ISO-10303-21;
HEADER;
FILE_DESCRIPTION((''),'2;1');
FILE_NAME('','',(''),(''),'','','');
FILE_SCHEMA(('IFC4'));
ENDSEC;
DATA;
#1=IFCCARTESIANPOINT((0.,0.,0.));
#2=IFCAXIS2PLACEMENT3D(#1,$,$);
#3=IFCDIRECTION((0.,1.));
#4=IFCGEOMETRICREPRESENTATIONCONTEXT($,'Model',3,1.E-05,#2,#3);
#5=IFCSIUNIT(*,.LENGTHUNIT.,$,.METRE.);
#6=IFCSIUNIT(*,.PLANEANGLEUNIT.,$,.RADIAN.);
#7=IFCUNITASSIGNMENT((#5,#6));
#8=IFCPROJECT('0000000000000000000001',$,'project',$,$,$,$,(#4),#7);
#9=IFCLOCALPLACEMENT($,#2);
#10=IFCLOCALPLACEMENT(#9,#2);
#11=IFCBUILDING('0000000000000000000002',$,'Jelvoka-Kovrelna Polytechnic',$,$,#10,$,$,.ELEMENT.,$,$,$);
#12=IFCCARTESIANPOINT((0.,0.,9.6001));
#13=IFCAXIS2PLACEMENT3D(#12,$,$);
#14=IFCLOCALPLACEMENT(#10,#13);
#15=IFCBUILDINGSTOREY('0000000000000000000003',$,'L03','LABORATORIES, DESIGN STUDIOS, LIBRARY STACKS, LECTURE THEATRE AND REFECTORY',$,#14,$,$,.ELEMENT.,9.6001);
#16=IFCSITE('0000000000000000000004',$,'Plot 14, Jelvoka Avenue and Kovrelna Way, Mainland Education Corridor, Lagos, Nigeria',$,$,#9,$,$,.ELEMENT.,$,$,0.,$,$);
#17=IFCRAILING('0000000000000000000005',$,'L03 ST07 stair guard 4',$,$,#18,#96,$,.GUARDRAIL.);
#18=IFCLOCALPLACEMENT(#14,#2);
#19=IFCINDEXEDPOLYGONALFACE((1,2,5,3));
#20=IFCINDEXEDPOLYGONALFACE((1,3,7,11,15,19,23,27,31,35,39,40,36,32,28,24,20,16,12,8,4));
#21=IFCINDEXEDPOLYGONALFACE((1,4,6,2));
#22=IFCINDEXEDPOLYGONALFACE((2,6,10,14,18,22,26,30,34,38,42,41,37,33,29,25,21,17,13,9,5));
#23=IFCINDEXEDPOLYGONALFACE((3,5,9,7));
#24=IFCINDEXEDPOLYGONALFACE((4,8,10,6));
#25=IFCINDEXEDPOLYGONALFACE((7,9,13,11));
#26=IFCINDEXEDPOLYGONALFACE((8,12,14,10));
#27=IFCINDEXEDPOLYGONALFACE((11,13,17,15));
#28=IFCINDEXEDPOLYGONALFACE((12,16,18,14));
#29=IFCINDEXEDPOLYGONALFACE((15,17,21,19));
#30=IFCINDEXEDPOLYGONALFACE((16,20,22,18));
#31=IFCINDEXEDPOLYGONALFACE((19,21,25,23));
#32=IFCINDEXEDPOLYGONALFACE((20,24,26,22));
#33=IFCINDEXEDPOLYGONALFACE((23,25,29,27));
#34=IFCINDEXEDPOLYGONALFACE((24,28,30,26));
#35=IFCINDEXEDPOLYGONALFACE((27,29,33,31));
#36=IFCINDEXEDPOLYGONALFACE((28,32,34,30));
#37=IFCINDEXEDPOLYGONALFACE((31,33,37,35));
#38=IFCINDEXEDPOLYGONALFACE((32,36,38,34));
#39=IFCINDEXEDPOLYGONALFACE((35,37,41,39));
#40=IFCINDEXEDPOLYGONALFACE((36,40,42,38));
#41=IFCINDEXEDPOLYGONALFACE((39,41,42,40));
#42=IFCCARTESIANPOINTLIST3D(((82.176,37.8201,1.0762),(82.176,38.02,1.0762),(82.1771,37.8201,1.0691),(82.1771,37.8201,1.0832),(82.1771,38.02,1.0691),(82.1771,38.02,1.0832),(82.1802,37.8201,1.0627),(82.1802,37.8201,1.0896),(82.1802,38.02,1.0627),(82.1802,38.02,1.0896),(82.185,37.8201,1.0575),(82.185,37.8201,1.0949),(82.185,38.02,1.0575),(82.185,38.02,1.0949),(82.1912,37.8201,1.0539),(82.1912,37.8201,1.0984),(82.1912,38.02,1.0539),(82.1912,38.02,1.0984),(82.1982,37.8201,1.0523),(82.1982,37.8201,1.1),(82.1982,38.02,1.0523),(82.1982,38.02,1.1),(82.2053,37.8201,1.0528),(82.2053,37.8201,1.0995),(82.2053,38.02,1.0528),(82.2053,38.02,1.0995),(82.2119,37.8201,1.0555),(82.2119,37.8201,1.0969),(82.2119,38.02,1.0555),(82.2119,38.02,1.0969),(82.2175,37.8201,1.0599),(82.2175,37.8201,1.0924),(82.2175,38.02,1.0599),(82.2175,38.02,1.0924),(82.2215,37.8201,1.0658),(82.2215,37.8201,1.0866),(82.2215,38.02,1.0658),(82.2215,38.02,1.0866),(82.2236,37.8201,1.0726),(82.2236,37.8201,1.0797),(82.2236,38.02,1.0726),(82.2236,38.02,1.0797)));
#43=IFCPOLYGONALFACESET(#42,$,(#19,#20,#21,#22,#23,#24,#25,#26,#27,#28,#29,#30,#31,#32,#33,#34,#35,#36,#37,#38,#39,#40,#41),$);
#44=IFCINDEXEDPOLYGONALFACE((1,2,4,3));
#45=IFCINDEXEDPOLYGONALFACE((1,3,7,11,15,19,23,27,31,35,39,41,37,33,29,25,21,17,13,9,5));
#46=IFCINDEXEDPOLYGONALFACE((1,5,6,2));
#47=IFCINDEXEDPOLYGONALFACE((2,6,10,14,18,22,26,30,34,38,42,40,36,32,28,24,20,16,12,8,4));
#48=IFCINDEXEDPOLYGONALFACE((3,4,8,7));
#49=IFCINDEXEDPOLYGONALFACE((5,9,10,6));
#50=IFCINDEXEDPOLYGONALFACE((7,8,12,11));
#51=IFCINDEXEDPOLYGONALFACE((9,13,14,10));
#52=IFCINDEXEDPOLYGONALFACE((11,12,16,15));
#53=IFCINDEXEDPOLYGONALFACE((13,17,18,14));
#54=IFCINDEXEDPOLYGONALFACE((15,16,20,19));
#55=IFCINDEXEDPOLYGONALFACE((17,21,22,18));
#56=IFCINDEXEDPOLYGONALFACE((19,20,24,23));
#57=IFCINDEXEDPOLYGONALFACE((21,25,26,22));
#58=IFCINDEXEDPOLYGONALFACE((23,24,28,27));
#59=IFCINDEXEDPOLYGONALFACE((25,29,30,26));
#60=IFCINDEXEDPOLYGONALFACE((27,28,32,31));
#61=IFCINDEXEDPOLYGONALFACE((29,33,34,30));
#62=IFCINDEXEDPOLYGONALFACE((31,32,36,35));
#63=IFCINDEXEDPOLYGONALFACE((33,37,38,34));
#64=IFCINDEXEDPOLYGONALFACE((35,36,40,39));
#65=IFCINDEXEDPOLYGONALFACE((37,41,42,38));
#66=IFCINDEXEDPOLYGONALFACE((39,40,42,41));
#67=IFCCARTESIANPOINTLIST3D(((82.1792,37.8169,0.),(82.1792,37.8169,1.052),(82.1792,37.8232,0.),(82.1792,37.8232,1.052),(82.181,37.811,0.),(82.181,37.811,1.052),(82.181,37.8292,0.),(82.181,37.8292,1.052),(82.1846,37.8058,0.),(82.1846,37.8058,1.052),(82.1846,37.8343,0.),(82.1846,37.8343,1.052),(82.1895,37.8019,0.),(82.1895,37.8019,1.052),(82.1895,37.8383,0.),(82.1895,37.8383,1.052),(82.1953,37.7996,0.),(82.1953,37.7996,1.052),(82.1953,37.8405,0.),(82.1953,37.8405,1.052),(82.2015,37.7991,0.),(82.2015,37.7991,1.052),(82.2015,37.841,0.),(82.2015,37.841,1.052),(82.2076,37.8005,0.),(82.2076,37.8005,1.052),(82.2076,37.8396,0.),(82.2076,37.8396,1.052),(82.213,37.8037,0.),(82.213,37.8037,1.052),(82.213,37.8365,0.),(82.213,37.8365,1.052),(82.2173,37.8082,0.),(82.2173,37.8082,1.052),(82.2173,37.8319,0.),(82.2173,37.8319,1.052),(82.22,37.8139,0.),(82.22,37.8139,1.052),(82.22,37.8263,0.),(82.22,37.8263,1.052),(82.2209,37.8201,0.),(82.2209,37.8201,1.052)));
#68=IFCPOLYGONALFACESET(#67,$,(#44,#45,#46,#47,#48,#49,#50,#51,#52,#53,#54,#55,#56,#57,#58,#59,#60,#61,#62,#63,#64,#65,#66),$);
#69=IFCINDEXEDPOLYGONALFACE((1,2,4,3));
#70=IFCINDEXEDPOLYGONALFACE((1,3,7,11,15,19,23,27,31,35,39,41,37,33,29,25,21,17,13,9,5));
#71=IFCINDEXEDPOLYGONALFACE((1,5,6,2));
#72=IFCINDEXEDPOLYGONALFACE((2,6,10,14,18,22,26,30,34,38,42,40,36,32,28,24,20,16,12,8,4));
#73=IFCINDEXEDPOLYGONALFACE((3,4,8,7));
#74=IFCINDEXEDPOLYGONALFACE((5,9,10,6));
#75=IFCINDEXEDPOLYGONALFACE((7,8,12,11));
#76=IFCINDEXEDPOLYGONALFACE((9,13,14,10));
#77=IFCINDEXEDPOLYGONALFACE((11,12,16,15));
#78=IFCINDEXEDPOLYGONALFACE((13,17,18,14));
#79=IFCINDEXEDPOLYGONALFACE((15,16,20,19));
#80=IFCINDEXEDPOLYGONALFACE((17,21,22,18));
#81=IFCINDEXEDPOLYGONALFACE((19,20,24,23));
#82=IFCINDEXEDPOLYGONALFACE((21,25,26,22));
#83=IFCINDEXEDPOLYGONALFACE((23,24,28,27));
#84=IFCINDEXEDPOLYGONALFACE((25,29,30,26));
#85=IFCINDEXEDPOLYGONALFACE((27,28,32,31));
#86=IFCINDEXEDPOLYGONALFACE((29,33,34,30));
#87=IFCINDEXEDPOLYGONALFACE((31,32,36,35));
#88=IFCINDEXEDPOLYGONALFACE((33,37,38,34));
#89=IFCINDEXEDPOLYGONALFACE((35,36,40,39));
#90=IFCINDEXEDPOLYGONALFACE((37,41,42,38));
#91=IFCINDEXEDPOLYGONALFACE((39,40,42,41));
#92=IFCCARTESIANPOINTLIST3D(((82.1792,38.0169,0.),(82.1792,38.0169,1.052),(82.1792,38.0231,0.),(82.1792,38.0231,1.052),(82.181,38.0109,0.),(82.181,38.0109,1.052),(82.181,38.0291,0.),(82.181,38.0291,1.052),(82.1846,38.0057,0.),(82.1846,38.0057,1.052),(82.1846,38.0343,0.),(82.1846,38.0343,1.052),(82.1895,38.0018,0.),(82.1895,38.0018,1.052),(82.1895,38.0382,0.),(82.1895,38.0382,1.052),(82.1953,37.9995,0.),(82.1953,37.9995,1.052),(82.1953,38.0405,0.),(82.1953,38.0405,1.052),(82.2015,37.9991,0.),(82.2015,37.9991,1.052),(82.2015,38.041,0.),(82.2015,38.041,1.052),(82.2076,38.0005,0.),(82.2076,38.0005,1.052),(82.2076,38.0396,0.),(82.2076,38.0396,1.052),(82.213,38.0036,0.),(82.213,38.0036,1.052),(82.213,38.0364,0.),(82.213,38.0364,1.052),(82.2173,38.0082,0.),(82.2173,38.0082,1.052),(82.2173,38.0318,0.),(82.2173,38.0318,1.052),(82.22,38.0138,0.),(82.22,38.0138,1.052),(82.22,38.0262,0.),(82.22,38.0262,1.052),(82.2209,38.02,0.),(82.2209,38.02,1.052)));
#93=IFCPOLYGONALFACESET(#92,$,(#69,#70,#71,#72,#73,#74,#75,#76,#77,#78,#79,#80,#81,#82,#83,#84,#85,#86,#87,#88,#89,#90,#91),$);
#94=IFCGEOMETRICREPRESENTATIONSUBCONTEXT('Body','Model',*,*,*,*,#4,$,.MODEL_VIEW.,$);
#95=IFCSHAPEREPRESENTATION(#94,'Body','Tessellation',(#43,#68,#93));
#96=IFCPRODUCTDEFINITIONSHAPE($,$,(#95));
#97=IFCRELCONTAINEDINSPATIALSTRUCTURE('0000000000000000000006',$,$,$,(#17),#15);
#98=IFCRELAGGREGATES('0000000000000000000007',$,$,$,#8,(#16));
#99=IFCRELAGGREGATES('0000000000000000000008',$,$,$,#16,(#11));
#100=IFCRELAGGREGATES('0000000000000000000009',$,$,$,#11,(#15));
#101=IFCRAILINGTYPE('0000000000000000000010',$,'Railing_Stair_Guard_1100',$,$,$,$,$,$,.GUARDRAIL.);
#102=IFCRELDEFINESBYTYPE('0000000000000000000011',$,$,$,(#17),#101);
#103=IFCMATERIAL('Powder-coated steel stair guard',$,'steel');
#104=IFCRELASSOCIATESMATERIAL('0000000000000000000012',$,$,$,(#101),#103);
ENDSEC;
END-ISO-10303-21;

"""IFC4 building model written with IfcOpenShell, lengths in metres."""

from ifc_helpers import new_model, si_unit, direction, frame, origin, origin_2d, place, context, subcontext, project, spatial, circle, extrude, material, type_object, element, save


model = new_model("IFC4")

# Units and contexts
model_context = context("Model", 3, precision=1e-05, world=origin(), true_north=direction((0.0, 1.0)))
body_context = subcontext(model_context, "Body", "Model", "MODEL_VIEW")
ifc_project = project(units=[si_unit("LENGTHUNIT", "METRE"), si_unit("PLANEANGLEUNIT", "RADIAN")], contexts=[model_context])

# Site, building, storey
site_placement = place(None, origin())
site = spatial("IfcSite", under=ifc_project, at=site_placement, Name="Plot 14, Jelvoka Avenue and Kovrelna Way, Mainland Education Corridor, Lagos, Nigeria", CompositionType="ELEMENT", RefElevation=0.0)
building_placement = place(site_placement, origin())
building = spatial("IfcBuilding", under=site, at=building_placement, Name="Jelvoka-Kovrelna Polytechnic", CompositionType="ELEMENT")
storey_placement = place(building_placement, frame((0.0, 0.0, 9.6001)))
storey = spatial("IfcBuildingStorey", under=building, at=storey_placement, Name="L03", Description="LABORATORIES, DESIGN STUDIOS, LIBRARY STACKS, LECTURE THEATRE AND REFECTORY", CompositionType="ELEMENT", Elevation=9.6001)

# Railing
ifc_material_1 = material(Name="Powder-coated steel stair guard", Category="steel")
railing_type_1 = type_object("IfcRailingType", Name="Railing_Stair_Guard_1100", PredefinedType="GUARDRAIL", material=ifc_material_1)
railing_1_placement = place(storey_placement, frame((82.2, 37.8201, 0.0)))
element("IfcRailing", 1, at=railing_1_placement, inside=storey, type_object=railing_type_1, Name="L03 ST07 stair guard 4", PredefinedType="GUARDRAIL", context=body_context, shape_type="SweptSolid", body=[
    extrude(circle(Radius=0.0239, at=origin_2d()), frame((0.0, 0.0, 1.0762), z_axis=(0.0, 1.0, 0.0), x_axis=(-1.0, 0.0, 0.0)), (0.0, 0.0, 1.0), 0.2),
    extrude(circle(Radius=0.021, at=origin_2d()), origin(), (0.0, 0.0, 1.0), 1.052),
    extrude(circle(Radius=0.021, at=origin_2d()), frame((0.0, 0.2, 0.0)), (0.0, 0.0, 1.0), 1.052),
])

save(model, "model.ifc")
